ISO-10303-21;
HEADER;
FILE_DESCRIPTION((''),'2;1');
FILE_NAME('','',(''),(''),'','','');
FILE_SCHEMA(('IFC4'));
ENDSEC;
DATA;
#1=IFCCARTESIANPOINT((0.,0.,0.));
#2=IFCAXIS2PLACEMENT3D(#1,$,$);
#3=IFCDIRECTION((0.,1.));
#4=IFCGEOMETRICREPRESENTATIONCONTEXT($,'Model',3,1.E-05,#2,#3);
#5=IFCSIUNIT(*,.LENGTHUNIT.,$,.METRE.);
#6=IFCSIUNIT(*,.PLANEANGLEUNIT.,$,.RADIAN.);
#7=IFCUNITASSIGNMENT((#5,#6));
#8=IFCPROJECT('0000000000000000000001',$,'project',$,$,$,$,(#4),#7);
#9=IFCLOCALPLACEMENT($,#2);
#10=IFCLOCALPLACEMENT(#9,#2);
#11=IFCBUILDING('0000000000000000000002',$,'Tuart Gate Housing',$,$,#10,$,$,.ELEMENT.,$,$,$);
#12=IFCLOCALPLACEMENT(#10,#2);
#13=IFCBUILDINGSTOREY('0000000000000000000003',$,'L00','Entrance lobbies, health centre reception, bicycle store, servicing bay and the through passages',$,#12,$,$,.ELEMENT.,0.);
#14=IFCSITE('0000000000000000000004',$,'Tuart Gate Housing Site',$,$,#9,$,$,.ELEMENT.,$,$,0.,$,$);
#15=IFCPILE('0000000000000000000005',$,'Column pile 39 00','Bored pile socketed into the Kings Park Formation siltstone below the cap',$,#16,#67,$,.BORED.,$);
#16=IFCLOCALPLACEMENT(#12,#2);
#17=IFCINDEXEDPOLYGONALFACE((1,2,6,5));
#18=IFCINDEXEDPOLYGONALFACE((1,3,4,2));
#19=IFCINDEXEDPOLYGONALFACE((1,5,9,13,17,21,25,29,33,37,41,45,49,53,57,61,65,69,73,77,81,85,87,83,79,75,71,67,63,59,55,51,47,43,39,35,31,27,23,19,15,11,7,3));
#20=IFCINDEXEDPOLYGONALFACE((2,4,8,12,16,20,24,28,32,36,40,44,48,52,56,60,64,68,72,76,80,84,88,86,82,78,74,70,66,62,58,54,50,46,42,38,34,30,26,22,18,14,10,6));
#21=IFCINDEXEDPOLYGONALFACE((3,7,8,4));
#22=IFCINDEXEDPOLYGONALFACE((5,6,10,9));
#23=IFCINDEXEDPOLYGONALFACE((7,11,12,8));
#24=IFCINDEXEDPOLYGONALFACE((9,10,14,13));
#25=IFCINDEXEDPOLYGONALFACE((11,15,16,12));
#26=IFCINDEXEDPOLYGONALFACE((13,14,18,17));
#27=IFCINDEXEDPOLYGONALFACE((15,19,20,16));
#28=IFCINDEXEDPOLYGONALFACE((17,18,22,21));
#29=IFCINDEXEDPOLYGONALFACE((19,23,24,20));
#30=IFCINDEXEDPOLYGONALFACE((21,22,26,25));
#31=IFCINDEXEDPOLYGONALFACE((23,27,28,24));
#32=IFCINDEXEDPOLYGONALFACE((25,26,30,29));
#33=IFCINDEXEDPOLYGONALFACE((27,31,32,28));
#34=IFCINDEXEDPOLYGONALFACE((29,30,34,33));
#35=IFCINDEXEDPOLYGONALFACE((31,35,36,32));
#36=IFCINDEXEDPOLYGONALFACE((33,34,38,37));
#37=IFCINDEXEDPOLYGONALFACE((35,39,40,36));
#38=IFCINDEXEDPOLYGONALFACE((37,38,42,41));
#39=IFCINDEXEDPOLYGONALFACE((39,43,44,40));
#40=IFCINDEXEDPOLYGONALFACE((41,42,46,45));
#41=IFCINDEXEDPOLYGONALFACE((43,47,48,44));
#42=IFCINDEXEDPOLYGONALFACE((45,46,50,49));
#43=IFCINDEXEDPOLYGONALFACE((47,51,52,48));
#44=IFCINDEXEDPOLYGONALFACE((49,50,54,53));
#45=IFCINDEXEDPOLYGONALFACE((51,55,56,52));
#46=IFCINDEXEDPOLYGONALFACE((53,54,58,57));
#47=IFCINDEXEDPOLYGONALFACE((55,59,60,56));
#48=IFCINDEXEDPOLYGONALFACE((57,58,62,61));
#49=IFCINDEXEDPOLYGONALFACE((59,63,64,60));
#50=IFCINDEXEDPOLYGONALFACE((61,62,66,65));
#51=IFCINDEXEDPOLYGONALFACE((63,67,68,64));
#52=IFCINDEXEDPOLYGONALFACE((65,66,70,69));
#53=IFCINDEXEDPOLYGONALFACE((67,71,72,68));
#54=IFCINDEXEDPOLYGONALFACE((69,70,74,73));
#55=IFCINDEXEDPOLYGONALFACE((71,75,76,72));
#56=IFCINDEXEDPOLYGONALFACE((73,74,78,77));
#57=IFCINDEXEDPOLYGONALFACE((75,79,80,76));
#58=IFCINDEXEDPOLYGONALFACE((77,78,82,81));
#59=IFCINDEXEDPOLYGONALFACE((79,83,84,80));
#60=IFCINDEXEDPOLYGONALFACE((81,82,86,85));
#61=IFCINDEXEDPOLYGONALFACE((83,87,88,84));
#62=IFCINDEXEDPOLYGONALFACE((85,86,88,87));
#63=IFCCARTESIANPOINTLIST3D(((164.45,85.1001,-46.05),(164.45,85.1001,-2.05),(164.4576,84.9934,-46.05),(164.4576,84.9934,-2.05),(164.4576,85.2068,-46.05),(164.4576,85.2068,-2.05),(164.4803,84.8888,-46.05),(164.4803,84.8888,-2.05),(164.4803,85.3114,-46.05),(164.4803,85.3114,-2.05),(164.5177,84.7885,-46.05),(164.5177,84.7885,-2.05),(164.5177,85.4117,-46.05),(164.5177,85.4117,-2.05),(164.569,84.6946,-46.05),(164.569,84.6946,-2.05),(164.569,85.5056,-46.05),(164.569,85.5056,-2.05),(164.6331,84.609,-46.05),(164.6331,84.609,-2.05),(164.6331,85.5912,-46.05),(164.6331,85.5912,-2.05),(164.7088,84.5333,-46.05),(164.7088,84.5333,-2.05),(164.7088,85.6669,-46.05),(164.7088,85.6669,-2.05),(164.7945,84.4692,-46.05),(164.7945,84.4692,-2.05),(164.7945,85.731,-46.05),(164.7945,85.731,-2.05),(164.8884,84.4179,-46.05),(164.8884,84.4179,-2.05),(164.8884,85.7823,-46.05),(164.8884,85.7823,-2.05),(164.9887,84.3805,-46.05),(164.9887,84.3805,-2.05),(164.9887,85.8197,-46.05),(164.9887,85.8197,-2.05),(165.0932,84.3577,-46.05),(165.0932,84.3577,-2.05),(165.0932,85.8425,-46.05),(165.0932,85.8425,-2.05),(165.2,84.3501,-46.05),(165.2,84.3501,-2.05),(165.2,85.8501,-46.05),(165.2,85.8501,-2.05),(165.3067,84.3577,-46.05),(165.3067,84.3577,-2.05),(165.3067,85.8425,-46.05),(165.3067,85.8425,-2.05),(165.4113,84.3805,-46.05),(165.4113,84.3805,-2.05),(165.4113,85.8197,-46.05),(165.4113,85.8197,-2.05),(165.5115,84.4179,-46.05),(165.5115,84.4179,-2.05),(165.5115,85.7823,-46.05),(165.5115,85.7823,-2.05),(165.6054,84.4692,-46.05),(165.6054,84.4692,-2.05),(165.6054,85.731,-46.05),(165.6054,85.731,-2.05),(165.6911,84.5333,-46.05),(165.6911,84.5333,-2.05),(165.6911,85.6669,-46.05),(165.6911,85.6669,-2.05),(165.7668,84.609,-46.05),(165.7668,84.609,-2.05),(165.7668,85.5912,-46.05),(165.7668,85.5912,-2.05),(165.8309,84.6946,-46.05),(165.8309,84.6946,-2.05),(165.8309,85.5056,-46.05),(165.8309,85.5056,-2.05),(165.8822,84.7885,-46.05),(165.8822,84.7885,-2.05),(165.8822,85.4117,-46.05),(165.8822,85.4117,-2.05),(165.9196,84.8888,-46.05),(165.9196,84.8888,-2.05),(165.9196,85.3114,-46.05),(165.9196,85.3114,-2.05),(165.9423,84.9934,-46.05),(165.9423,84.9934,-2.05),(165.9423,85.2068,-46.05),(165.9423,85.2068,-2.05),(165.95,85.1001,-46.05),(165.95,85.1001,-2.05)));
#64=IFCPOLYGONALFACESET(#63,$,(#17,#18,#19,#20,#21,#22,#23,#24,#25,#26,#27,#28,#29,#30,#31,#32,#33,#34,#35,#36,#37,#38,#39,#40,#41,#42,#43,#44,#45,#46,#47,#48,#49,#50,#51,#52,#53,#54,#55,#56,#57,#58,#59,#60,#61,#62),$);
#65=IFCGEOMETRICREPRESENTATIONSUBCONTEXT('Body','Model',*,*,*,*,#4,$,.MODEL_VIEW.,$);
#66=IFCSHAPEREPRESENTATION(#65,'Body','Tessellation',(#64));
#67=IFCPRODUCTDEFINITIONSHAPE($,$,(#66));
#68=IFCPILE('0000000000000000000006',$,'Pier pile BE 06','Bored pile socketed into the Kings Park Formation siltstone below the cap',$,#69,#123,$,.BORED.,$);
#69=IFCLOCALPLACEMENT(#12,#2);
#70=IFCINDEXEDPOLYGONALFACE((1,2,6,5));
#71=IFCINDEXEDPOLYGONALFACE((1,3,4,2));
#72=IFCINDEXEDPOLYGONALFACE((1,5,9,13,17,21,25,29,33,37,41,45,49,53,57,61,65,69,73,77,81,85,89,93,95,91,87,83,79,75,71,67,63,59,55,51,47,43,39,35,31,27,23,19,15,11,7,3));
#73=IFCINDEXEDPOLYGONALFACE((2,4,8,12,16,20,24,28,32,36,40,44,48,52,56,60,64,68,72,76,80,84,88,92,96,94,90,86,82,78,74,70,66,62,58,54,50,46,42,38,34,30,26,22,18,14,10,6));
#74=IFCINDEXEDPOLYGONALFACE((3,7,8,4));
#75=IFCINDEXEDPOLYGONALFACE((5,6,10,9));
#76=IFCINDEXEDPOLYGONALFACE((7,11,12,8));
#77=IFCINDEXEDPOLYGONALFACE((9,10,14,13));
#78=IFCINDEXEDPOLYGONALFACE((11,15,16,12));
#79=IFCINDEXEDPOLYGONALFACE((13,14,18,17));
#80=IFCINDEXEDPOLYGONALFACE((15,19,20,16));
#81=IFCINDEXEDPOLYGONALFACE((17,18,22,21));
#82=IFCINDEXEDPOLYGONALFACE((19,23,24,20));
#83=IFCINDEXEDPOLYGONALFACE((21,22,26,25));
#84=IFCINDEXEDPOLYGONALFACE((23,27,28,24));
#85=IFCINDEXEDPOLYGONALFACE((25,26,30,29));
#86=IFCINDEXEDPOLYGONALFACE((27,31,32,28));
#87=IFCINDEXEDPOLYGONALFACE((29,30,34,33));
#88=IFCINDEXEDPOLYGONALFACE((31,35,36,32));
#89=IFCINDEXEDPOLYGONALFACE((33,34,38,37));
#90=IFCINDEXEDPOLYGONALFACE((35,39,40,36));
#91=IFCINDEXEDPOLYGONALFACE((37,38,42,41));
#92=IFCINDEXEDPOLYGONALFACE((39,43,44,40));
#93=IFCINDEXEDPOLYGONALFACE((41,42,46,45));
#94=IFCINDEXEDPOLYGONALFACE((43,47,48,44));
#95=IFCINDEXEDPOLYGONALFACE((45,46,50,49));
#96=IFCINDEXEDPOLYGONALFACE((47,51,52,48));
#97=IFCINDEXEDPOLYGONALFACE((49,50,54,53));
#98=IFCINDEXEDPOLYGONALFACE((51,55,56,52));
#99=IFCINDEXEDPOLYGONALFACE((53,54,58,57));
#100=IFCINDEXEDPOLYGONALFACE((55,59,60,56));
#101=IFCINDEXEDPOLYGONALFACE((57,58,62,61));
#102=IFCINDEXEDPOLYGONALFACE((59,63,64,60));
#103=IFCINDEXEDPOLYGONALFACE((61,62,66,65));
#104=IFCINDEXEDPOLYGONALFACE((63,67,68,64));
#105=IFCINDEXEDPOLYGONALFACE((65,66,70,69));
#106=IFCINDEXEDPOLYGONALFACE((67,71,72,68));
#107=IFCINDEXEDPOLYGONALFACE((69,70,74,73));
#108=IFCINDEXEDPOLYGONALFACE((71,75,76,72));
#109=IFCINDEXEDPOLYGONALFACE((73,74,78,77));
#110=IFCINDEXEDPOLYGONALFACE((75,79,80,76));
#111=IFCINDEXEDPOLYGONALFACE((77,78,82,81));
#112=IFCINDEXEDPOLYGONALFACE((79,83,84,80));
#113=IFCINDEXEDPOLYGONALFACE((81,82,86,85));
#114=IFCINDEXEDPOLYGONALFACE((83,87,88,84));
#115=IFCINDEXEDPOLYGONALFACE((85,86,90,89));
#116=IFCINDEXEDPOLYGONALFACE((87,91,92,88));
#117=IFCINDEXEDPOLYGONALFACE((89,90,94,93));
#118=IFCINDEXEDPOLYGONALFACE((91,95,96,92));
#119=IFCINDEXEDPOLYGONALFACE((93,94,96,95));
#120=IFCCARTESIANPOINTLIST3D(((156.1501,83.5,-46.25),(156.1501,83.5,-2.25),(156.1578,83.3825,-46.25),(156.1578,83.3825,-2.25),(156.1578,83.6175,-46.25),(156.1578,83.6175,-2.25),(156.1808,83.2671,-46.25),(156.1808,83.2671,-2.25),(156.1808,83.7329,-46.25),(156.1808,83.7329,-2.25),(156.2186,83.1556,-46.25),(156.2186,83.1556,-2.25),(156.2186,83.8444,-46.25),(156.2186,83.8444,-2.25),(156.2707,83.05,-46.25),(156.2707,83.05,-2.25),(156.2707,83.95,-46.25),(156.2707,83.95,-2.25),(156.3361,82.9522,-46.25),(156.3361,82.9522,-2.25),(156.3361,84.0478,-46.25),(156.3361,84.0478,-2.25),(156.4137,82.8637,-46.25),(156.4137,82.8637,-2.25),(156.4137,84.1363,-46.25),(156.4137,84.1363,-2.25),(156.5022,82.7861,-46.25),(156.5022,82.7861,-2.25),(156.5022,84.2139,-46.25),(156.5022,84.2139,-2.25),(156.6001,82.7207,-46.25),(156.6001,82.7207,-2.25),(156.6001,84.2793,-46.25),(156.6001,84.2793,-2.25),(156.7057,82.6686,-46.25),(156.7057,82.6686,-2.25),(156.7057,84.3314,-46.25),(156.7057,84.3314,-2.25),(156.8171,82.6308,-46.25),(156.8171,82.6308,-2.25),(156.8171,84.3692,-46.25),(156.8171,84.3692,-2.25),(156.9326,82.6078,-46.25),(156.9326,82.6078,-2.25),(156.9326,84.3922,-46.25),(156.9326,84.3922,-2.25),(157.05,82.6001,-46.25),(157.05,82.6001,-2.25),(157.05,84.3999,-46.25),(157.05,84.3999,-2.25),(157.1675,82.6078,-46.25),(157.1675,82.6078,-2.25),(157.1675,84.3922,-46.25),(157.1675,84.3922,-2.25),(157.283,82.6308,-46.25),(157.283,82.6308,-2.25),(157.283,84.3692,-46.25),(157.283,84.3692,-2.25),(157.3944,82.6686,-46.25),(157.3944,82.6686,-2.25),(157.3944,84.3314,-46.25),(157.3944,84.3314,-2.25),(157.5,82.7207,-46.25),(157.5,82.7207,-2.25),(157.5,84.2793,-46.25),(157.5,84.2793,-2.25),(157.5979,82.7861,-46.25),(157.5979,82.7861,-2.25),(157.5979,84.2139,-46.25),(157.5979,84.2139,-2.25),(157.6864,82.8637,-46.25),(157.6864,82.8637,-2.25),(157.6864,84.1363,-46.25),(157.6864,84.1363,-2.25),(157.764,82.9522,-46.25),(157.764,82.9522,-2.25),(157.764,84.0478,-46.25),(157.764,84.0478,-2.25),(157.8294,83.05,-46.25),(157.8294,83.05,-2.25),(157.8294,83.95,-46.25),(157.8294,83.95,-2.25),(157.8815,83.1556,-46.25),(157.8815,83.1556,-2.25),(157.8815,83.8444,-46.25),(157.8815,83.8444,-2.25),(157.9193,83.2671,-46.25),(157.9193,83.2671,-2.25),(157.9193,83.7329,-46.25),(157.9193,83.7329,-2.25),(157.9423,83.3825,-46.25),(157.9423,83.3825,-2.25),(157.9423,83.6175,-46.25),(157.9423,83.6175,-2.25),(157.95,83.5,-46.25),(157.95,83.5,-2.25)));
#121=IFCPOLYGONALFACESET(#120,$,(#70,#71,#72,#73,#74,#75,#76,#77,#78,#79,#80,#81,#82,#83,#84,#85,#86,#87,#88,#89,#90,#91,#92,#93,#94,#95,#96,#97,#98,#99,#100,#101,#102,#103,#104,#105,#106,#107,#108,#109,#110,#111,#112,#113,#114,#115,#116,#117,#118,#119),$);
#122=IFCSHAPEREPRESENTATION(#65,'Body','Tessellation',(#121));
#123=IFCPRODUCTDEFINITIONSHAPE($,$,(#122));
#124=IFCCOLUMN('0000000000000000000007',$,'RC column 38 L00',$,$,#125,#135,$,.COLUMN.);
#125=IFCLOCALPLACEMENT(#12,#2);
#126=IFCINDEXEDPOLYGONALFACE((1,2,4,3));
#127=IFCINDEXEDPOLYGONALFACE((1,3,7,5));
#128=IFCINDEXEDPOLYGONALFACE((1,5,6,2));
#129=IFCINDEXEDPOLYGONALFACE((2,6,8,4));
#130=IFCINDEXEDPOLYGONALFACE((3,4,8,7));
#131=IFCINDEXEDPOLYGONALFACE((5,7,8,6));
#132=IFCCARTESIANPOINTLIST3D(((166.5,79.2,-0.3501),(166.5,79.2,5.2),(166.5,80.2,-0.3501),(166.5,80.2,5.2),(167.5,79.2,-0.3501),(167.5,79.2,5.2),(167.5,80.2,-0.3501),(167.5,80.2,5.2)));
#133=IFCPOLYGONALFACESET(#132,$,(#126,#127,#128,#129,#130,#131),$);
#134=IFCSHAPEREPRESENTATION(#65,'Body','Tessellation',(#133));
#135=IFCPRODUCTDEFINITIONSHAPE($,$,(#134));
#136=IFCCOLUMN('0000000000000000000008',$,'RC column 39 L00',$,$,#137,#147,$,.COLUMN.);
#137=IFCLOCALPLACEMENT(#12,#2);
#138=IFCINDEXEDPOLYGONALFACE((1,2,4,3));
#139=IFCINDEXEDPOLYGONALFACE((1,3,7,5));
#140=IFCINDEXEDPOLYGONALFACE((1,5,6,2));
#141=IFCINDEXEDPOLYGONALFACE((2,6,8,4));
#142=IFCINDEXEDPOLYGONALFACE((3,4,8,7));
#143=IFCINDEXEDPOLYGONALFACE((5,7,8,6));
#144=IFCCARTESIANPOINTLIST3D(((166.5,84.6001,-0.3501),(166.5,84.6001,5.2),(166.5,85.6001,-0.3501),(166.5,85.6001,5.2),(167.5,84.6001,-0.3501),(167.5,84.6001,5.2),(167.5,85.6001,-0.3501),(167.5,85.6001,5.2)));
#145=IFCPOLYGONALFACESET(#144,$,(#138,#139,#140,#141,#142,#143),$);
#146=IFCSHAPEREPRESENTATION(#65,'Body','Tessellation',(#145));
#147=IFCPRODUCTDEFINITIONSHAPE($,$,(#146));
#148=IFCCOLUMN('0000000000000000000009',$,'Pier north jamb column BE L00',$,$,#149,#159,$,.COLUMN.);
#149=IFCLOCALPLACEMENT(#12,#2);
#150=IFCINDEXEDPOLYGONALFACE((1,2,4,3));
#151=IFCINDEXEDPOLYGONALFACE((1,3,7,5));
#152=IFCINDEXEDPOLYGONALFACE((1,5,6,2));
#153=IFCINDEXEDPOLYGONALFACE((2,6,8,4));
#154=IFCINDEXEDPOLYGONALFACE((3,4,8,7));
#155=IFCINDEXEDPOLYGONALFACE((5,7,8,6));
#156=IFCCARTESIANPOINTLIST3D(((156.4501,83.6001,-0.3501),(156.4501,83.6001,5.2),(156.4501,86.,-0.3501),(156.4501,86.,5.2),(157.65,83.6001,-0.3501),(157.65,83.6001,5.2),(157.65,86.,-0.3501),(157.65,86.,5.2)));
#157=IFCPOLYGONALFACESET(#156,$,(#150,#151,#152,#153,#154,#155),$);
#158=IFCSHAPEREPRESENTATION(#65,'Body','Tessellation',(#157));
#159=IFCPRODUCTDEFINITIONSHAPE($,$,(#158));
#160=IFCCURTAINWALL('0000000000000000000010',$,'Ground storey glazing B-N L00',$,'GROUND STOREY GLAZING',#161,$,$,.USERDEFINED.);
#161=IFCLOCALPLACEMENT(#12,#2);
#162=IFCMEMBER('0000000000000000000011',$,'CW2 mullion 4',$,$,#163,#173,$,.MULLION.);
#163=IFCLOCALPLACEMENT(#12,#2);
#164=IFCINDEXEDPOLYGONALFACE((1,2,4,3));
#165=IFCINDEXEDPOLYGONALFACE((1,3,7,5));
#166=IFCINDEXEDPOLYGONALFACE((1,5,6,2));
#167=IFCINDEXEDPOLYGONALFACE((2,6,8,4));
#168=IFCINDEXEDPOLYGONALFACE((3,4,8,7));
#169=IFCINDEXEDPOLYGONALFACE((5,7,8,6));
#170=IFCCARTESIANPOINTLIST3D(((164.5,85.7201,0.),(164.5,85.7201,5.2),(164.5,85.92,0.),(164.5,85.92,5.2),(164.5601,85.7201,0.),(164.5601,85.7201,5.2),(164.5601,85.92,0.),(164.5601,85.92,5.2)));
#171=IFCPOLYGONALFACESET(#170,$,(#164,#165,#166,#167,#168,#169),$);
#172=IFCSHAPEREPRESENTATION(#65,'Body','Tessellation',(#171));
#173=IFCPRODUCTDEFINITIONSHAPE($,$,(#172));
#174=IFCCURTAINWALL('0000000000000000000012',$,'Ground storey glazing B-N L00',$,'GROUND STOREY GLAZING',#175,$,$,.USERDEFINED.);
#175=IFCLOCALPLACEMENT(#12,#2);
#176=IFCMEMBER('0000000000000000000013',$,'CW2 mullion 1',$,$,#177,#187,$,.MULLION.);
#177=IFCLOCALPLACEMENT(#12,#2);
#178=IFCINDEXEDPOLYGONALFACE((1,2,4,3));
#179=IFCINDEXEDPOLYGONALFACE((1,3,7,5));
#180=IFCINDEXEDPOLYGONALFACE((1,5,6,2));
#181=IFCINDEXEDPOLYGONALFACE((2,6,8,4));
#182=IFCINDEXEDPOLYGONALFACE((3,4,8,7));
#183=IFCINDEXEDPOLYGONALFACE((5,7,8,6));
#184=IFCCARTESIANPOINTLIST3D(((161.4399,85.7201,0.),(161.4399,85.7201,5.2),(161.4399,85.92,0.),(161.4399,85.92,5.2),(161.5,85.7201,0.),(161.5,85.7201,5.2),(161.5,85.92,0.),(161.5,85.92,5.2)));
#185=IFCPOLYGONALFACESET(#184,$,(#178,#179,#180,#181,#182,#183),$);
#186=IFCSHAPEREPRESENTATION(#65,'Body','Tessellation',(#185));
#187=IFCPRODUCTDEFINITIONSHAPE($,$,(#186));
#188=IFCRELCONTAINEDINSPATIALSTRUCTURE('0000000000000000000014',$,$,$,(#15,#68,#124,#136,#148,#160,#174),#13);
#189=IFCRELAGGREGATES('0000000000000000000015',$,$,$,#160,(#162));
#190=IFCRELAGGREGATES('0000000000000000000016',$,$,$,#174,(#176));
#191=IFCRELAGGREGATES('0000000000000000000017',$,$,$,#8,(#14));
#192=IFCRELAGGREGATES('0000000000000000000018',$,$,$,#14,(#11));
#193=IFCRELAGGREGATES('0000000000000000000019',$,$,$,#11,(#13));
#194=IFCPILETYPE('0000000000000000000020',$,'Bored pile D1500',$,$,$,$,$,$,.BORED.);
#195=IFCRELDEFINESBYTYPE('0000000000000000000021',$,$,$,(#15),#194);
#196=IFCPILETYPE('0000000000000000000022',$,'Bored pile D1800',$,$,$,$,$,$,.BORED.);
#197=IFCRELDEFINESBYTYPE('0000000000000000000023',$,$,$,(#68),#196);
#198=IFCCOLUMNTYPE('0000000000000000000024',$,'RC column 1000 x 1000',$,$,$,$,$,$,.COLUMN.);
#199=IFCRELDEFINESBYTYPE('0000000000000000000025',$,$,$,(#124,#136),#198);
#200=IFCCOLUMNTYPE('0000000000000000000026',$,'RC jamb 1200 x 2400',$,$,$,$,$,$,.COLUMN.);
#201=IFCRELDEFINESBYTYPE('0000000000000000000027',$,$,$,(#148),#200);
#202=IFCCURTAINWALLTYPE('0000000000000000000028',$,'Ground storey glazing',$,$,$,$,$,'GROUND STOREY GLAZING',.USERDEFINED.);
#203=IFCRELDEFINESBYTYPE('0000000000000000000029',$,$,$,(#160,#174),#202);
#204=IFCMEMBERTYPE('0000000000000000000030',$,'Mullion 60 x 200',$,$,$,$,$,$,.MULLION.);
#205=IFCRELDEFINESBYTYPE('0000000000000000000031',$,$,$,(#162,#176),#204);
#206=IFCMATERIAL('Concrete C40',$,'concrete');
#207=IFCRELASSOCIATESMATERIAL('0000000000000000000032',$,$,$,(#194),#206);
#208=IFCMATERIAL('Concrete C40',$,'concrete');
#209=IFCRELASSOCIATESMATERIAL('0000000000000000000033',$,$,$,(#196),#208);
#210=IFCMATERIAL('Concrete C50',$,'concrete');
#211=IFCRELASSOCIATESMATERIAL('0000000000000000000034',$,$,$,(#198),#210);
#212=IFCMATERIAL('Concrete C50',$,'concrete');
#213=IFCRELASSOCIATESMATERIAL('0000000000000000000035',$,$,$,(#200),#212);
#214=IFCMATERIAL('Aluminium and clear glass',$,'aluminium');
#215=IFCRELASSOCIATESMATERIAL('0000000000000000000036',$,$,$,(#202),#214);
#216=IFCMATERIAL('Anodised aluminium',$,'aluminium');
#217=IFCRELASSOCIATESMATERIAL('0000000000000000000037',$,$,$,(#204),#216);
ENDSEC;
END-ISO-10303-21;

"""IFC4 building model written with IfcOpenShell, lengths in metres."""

from ifc_helpers import new_model, si_unit, direction, frame, origin, origin_2d, place, context, subcontext, project, spatial, rectangle, circle, extrude, material, material_profile, profile_set, type_object, element, aggregate, save


model = new_model("IFC4")

# Units and contexts
model_context = context("Model", 3, precision=1e-05, world=origin(), true_north=direction((0.0, 1.0)))
body_context = subcontext(model_context, "Body", "Model", "MODEL_VIEW")
ifc_project = project(units=[si_unit("LENGTHUNIT", "METRE"), si_unit("PLANEANGLEUNIT", "RADIAN")], contexts=[model_context])

# Site, building, storey
site_placement = place(None, origin())
site = spatial("IfcSite", under=ifc_project, at=site_placement, Name="Tuart Gate Housing Site", CompositionType="ELEMENT", RefElevation=0.0)
building_placement = place(site_placement, origin())
building = spatial("IfcBuilding", under=site, at=building_placement, Name="Tuart Gate Housing", CompositionType="ELEMENT")
storey_placement = place(building_placement, origin())
storey = spatial("IfcBuildingStorey", under=building, at=storey_placement, Name="L00", Description="Entrance lobbies, health centre reception, bicycle store, servicing bay and the through passages", CompositionType="ELEMENT", Elevation=0.0)

# Piles
ifc_material_1 = material(Name="Concrete C40", Category="concrete")
ifc_material_profile_1 = material_profile(ifc_material_1, circle(Radius=0.75, at=origin_2d()), Name="Bored pile D1500")
ifc_profile_set_1 = profile_set([ifc_material_profile_1], Name="Concrete C40")
pile_type_1 = type_object("IfcPileType", Name="Bored pile D1500", PredefinedType="BORED", material=ifc_profile_set_1)
pile_1_placement = place(storey_placement, frame((165.2, 85.1001, -2.05), z_axis=(0.0, 0.0, -1.0), x_axis=(1.0, 0.0, 0.0)))
element("IfcPile", 1, at=pile_1_placement, inside=storey, type_object=pile_type_1, Name="Column pile 39 00", Description="Bored pile socketed into the Kings Park Formation siltstone below the cap", PredefinedType="BORED", context=body_context, shape_type="SweptSolid", body=[
    extrude(circle(Radius=0.75, at=origin_2d()), origin(), (0.0, 0.0, 1.0), 44.0),
])
ifc_material_2 = material(Name="Concrete C40", Category="concrete")
ifc_material_profile_2 = material_profile(ifc_material_2, circle(Radius=0.8999, at=origin_2d()), Name="Bored pile D1800")
ifc_profile_set_2 = profile_set([ifc_material_profile_2], Name="Concrete C40")
pile_type_2 = type_object("IfcPileType", Name="Bored pile D1800", PredefinedType="BORED", material=ifc_profile_set_2)
pile_2_placement = place(storey_placement, frame((157.05, 83.5, -2.25), z_axis=(0.0, 0.0, -1.0), x_axis=(1.0, 0.0, 0.0)))
element("IfcPile", 2, at=pile_2_placement, inside=storey, type_object=pile_type_2, Name="Pier pile BE 06", Description="Bored pile socketed into the Kings Park Formation siltstone below the cap", PredefinedType="BORED", context=body_context, shape_type="SweptSolid", body=[
    extrude(circle(Radius=0.8999, at=origin_2d()), origin(), (0.0, 0.0, 1.0), 44.0),
])

# Columns
ifc_material_3 = material(Name="Concrete C50", Category="concrete")
ifc_material_profile_3 = material_profile(ifc_material_3, rectangle(XDim=1.0, YDim=1.0, at=origin_2d()), Name="RC column 1000 x 1000")
ifc_profile_set_3 = profile_set([ifc_material_profile_3], Name="Concrete C50")
column_type_1 = type_object("IfcColumnType", Name="RC column 1000 x 1000", PredefinedType="COLUMN", material=ifc_profile_set_3)
for number, where, z_axis, x_axis, name in (
    (3, (167.0, 79.7, -0.3501), (0.0, 0.0, 1.0), (1.0, 0.0, 0.0), "RC column 38 L00"),
    (4, (167.0, 85.1001, -0.3501), (0.0, 0.0, 1.0), (1.0, 0.0, 0.0), "RC column 39 L00"),
):
    element("IfcColumn", number, at=place(storey_placement, frame(where, z_axis=z_axis, x_axis=x_axis)), inside=storey, type_object=column_type_1, Name=name, PredefinedType="COLUMN", context=body_context, shape_type="SweptSolid", body=[
        extrude(rectangle(XDim=1.0, YDim=1.0, at=origin_2d()), origin(), (0.0, 0.0, 1.0), 5.55),
    ])
ifc_material_4 = material(Name="Concrete C50", Category="concrete")
ifc_material_profile_4 = material_profile(ifc_material_4, rectangle(XDim=1.2, YDim=2.3999, at=origin_2d()), Name="RC jamb 1200 x 2400")
ifc_profile_set_4 = profile_set([ifc_material_profile_4], Name="Concrete C50")
column_type_2 = type_object("IfcColumnType", Name="RC jamb 1200 x 2400", PredefinedType="COLUMN", material=ifc_profile_set_4)
column_placement = place(storey_placement, frame((157.05, 84.8, -0.3501), z_axis=(0.0, 0.0, 1.0), x_axis=(1.0, 0.0, 0.0)))
element("IfcColumn", 5, at=column_placement, inside=storey, type_object=column_type_2, Name="Pier north jamb column BE L00", PredefinedType="COLUMN", context=body_context, shape_type="SweptSolid", body=[
    extrude(rectangle(XDim=1.2, YDim=2.3999, at=origin_2d()), origin(), (0.0, 0.0, 1.0), 5.55),
])

# Curtain wall, member
ifc_material_5 = material(Name="Aluminium and clear glass", Category="aluminium")
curtain_wall_type = type_object("IfcCurtainWallType", Name="Ground storey glazing", ElementType="GROUND STOREY GLAZING", PredefinedType="USERDEFINED", material=ifc_material_5)
curtain_wall_1_placement = place(storey_placement, origin())
curtain_wall_1 = element("IfcCurtainWall", 6, at=curtain_wall_1_placement, inside=storey, type_object=curtain_wall_type, Name="Ground storey glazing B-N L00", ObjectType="GROUND STOREY GLAZING", PredefinedType="USERDEFINED")
ifc_material_6 = material(Name="Anodised aluminium", Category="aluminium")
ifc_material_profile_5 = material_profile(ifc_material_6, rectangle(XDim=0.0601, YDim=0.2, at=origin_2d()), Name="60x200")
ifc_profile_set_5 = profile_set([ifc_material_profile_5], Name="Anodised aluminium")
member_type_1 = type_object("IfcMemberType", Name="Mullion 60 x 200", PredefinedType="MULLION", material=ifc_profile_set_5)
member_1_placement = place(storey_placement, frame((164.53, 85.8201, 0.0), z_axis=(0.0, 0.0, 1.0), x_axis=(-1.0, 0.0, 0.0)))
member_1 = element("IfcMember", 7, at=member_1_placement, type_object=member_type_1, Name="CW2 mullion 4", PredefinedType="MULLION", context=body_context, shape_type="SweptSolid", body=[
    extrude(rectangle(XDim=0.0601, YDim=0.2, at=origin_2d()), origin(), (0.0, 0.0, 1.0), 5.2),
])

# Curtain wall, member
curtain_wall_2_placement = place(storey_placement, origin())
curtain_wall_2 = element("IfcCurtainWall", 8, at=curtain_wall_2_placement, inside=storey, type_object=curtain_wall_type, Name="Ground storey glazing B-N L00", ObjectType="GROUND STOREY GLAZING", PredefinedType="USERDEFINED")
member_2_placement = place(storey_placement, frame((161.47, 85.8201, 0.0), z_axis=(0.0, 0.0, 1.0), x_axis=(-1.0, 0.0, 0.0)))
member_2 = element("IfcMember", 9, at=member_2_placement, type_object=member_type_1, Name="CW2 mullion 1", PredefinedType="MULLION", context=body_context, shape_type="SweptSolid", body=[
    extrude(rectangle(XDim=0.0601, YDim=0.2, at=origin_2d()), origin(), (0.0, 0.0, 1.0), 5.2),
])

aggregate(curtain_wall_1, [member_1])
aggregate(curtain_wall_2, [member_2])

save(model, "model.ifc")
